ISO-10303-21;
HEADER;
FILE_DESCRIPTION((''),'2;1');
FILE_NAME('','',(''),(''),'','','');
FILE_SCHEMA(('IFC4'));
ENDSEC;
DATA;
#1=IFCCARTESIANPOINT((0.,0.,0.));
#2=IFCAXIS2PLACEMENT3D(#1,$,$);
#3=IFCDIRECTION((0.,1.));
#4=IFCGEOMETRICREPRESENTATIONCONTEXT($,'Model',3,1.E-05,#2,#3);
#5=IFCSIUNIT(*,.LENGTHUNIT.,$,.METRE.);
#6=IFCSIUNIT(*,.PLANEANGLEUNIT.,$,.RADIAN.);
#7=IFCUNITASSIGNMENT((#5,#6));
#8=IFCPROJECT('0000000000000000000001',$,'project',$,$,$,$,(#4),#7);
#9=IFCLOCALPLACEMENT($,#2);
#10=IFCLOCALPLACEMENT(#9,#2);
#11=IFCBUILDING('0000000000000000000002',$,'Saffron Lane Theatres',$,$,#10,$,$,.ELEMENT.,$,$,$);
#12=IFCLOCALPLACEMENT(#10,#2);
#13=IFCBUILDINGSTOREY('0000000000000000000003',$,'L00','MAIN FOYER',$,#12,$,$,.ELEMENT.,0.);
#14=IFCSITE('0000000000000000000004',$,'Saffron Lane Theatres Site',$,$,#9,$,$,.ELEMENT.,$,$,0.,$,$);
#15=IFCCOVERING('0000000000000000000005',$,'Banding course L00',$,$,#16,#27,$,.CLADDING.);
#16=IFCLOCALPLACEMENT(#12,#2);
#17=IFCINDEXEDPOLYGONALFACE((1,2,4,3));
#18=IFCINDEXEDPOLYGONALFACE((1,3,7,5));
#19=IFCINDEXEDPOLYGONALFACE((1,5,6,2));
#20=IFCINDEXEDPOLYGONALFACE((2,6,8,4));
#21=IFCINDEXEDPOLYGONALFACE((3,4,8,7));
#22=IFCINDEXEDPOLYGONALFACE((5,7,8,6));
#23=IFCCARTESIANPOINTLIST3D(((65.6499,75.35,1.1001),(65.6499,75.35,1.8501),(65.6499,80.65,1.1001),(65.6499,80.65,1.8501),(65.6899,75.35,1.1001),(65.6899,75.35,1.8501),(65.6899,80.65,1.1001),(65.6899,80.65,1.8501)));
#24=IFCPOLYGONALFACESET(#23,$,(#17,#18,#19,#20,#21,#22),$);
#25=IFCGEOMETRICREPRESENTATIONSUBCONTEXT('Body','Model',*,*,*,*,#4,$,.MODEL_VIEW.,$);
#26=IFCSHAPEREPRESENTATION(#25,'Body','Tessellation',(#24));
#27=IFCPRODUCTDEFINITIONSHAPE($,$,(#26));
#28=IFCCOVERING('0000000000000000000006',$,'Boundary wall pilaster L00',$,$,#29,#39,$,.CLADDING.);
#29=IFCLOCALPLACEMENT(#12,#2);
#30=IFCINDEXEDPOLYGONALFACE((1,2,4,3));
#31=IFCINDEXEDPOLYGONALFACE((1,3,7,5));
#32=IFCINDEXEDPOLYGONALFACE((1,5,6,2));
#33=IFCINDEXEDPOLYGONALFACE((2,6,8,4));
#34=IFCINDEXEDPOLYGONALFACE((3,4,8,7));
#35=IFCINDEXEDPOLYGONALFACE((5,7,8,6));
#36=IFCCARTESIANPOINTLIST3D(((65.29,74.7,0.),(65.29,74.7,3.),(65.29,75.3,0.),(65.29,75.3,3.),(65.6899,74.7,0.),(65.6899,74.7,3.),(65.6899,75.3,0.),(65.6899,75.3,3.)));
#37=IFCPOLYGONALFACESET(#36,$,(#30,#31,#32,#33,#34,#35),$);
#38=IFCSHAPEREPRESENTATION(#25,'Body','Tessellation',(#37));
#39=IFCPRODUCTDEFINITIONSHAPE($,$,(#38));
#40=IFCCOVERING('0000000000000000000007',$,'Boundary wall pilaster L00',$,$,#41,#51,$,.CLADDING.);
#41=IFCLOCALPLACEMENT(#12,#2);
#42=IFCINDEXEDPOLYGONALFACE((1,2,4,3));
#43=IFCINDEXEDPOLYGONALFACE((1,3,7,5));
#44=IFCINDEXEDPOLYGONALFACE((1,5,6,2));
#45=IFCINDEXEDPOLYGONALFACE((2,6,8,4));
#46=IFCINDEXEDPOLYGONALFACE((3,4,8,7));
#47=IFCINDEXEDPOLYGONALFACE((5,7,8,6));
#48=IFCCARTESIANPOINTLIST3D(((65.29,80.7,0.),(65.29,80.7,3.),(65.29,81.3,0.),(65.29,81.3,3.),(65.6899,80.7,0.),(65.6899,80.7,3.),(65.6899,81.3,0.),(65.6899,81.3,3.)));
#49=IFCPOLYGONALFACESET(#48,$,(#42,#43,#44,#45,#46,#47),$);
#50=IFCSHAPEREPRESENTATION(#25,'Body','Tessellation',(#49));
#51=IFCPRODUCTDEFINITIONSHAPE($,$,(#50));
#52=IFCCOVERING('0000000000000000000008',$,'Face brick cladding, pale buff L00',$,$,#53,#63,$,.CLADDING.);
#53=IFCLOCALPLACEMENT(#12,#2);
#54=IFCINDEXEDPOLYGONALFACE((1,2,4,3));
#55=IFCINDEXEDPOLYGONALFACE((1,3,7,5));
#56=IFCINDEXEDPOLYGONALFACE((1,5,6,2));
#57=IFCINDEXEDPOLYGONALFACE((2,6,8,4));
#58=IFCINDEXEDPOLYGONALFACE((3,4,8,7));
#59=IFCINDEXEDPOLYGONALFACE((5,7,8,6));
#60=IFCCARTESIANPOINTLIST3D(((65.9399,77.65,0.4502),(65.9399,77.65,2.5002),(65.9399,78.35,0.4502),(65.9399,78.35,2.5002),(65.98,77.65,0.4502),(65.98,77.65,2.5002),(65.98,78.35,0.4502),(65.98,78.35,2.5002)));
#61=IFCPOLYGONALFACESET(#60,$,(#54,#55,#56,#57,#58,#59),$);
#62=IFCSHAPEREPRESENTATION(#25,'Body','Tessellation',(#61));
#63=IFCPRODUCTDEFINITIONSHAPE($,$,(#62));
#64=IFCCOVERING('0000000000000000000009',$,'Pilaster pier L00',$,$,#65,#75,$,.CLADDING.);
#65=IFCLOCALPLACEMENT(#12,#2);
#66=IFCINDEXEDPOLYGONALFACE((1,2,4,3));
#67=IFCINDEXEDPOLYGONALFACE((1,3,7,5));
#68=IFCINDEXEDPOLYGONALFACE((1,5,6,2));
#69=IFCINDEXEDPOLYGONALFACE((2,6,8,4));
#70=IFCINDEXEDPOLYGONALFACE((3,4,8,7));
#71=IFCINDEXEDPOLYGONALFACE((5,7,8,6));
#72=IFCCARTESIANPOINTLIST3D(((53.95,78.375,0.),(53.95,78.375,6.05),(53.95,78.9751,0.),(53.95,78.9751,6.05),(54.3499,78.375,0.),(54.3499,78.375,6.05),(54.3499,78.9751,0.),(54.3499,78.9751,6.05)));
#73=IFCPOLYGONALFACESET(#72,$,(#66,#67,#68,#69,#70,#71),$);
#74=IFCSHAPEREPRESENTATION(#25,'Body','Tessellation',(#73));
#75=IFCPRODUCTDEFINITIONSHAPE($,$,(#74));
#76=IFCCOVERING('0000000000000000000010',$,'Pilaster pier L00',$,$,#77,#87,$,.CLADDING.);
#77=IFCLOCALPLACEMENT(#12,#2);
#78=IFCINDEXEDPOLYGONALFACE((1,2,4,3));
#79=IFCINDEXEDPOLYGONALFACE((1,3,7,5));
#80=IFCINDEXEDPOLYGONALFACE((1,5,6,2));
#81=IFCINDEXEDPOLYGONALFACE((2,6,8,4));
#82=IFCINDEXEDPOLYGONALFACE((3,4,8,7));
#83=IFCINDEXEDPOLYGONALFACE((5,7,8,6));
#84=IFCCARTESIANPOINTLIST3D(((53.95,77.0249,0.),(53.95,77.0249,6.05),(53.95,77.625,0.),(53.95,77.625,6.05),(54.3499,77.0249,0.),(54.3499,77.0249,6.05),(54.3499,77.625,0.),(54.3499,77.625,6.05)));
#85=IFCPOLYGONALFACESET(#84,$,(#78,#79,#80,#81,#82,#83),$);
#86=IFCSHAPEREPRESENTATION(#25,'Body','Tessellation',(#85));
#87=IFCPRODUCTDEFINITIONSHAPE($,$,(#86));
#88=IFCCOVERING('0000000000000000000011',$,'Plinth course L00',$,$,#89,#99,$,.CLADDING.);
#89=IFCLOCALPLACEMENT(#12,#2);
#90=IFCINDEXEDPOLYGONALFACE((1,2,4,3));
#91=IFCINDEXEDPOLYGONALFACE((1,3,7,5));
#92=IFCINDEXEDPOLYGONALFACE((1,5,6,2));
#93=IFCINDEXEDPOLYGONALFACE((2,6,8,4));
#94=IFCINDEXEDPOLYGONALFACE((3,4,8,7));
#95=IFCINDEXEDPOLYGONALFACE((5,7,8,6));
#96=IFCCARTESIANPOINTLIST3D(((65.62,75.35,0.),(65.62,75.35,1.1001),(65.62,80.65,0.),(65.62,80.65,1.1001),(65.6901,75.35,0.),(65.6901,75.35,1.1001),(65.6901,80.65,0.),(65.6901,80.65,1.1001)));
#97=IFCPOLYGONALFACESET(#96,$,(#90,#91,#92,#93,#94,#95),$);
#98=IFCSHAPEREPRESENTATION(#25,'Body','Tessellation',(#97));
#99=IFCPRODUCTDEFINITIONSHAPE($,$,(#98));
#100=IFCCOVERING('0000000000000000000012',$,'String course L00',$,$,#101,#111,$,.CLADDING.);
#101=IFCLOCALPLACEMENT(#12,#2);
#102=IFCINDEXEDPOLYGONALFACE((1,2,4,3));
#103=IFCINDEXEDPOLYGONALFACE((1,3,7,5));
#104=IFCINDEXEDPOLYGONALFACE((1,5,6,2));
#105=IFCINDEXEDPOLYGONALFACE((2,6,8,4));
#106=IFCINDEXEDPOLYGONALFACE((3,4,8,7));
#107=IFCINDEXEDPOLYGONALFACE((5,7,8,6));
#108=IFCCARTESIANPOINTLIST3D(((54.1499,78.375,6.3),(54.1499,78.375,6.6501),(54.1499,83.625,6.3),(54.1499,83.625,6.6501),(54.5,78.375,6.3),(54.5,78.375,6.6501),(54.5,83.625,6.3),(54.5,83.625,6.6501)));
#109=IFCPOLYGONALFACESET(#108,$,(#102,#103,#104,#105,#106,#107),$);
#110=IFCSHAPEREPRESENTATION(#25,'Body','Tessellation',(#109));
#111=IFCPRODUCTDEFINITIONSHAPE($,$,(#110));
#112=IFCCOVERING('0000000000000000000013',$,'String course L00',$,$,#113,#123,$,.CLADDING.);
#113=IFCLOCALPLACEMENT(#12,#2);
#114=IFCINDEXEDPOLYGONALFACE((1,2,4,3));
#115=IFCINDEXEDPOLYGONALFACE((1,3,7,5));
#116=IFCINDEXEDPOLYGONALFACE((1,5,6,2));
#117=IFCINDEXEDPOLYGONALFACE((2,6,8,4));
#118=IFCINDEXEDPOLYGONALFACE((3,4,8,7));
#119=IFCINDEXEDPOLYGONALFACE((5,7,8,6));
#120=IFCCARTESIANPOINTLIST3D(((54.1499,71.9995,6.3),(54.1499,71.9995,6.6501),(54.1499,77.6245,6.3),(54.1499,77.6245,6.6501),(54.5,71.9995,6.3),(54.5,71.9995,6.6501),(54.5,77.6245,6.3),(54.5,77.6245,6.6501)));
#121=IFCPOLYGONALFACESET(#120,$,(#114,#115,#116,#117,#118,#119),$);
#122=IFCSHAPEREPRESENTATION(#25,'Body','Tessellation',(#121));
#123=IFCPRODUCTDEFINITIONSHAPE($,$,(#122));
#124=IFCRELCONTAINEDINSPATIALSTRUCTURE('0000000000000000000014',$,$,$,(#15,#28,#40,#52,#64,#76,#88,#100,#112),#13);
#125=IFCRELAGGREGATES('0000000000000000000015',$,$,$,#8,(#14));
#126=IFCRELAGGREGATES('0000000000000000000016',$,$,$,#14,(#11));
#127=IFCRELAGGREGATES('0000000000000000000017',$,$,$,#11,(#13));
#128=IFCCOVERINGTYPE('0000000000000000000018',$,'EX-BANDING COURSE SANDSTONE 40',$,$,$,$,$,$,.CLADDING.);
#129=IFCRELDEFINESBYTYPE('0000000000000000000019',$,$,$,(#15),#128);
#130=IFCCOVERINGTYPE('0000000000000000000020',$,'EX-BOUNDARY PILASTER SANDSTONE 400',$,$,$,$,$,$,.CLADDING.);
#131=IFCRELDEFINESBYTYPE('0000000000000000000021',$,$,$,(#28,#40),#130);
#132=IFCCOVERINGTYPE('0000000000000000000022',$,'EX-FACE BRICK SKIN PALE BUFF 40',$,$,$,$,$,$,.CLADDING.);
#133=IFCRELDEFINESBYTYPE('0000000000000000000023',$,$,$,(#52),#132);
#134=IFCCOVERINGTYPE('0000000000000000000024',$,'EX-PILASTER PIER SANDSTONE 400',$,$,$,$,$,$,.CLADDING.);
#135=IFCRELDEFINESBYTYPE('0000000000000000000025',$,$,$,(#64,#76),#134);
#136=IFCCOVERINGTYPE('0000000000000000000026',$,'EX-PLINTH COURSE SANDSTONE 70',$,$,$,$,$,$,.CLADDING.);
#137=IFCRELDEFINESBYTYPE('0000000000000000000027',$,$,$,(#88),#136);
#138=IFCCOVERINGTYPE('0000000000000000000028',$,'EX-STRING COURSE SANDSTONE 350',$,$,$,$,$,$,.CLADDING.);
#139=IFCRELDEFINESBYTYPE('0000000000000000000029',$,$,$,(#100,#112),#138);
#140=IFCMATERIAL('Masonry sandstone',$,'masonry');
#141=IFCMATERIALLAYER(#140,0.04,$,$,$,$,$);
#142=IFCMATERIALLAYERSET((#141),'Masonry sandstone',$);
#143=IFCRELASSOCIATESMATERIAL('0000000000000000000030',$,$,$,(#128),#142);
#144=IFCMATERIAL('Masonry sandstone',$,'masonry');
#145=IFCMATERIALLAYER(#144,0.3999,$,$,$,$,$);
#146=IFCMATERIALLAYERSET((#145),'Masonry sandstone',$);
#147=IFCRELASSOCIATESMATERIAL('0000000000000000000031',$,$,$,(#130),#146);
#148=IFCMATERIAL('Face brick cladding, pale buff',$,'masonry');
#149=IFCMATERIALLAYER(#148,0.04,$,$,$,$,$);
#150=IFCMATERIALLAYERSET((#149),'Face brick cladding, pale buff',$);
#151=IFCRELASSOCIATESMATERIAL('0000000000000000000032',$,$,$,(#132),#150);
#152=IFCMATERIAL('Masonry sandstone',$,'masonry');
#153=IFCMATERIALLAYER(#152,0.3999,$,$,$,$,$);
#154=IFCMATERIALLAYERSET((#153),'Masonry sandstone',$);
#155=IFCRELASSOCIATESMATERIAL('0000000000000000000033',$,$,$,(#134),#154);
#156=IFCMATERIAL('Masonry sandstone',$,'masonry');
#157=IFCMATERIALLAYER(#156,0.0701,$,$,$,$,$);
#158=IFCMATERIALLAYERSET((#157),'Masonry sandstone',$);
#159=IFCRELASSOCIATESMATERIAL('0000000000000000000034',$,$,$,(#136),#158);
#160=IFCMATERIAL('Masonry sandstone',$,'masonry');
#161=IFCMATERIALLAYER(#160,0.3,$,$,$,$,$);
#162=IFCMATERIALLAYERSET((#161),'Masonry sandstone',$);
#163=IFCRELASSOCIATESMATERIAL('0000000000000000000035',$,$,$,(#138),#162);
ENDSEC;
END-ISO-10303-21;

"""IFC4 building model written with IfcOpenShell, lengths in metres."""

from ifc_helpers import new_model, si_unit, direction, frame, origin, origin_2d, place, context, subcontext, project, spatial, rectangle, extrude, material, layer, layer_set, type_object, element, save


model = new_model("IFC4")

# Units and contexts
model_context = context("Model", 3, precision=1e-05, world=origin(), true_north=direction((0.0, 1.0)))
body_context = subcontext(model_context, "Body", "Model", "MODEL_VIEW")
ifc_project = project(units=[si_unit("LENGTHUNIT", "METRE"), si_unit("PLANEANGLEUNIT", "RADIAN")], contexts=[model_context])

# Site, building, storey
site_placement = place(None, origin())
site = spatial("IfcSite", under=ifc_project, at=site_placement, Name="Saffron Lane Theatres Site", CompositionType="ELEMENT", RefElevation=0.0)
building_placement = place(site_placement, origin())
building = spatial("IfcBuilding", under=site, at=building_placement, Name="Saffron Lane Theatres", CompositionType="ELEMENT")
storey_placement = place(building_placement, origin())
storey = spatial("IfcBuildingStorey", under=building, at=storey_placement, Name="L00", Description="MAIN FOYER", CompositionType="ELEMENT", Elevation=0.0)

# Coverings
ifc_material_1 = material(Name="Masonry sandstone", Category="masonry")
ifc_layer_1 = layer(ifc_material_1, 0.04)
ifc_layer_set_1 = layer_set([ifc_layer_1], Name="Masonry sandstone")
covering_type_1 = type_object("IfcCoveringType", Name="EX-BANDING COURSE SANDSTONE 40", PredefinedType="CLADDING", material=ifc_layer_set_1)
covering_1_placement = place(storey_placement, frame((65.6699, 78.0, 1.1001), z_axis=(0.0, 0.0, 1.0), x_axis=(0.0, 1.0, 0.0)))
element("IfcCovering", 1, at=covering_1_placement, inside=storey, type_object=covering_type_1, Name="Banding course L00", PredefinedType="CLADDING", context=body_context, shape_type="SweptSolid", body=[
    extrude(rectangle(XDim=5.3, YDim=0.04, at=origin_2d()), origin(), (0.0, 0.0, 1.0), 0.75),
])
ifc_material_2 = material(Name="Masonry sandstone", Category="masonry")
ifc_layer_2 = layer(ifc_material_2, 0.3999)
ifc_layer_set_2 = layer_set([ifc_layer_2], Name="Masonry sandstone")
covering_type_2 = type_object("IfcCoveringType", Name="EX-BOUNDARY PILASTER SANDSTONE 400", PredefinedType="CLADDING", material=ifc_layer_set_2)
for number, where, z_axis, x_axis, name in (
    (2, (65.49, 75.0, 0.0), (0.0, 0.0, 1.0), (0.0, 1.0, 0.0), "Boundary wall pilaster L00"),
    (3, (65.49, 81.0, 0.0), (0.0, 0.0, 1.0), (0.0, 1.0, 0.0), "Boundary wall pilaster L00"),
):
    element("IfcCovering", number, at=place(storey_placement, frame(where, z_axis=z_axis, x_axis=x_axis)), inside=storey, type_object=covering_type_2, Name=name, PredefinedType="CLADDING", context=body_context, shape_type="SweptSolid", body=[
        extrude(rectangle(XDim=0.6001, YDim=0.3999, at=origin_2d()), origin(), (0.0, 0.0, 1.0), 3.0),
    ])
ifc_material_3 = material(Name="Face brick cladding, pale buff", Category="masonry")
ifc_layer_3 = layer(ifc_material_3, 0.04)
ifc_layer_set_3 = layer_set([ifc_layer_3], Name="Face brick cladding, pale buff")
covering_type_3 = type_object("IfcCoveringType", Name="EX-FACE BRICK SKIN PALE BUFF 40", PredefinedType="CLADDING", material=ifc_layer_set_3)
covering_2_placement = place(storey_placement, frame((65.96, 78.0, 0.4502), z_axis=(0.0, 0.0, 1.0), x_axis=(0.0, 1.0, 0.0)))
element("IfcCovering", 4, at=covering_2_placement, inside=storey, type_object=covering_type_3, Name="Face brick cladding, pale buff L00", PredefinedType="CLADDING", context=body_context, shape_type="SweptSolid", body=[
    extrude(rectangle(XDim=0.7, YDim=0.04, at=origin_2d()), origin(), (0.0, 0.0, 1.0), 2.05),
])
ifc_material_4 = material(Name="Masonry sandstone", Category="masonry")
ifc_layer_4 = layer(ifc_material_4, 0.3999)
ifc_layer_set_4 = layer_set([ifc_layer_4], Name="Masonry sandstone")
covering_type_4 = type_object("IfcCoveringType", Name="EX-PILASTER PIER SANDSTONE 400", PredefinedType="CLADDING", material=ifc_layer_set_4)
for number, where, z_axis, x_axis, name in (
    (5, (54.1499, 78.675, 0.0), (0.0, 0.0, 1.0), (0.0, -1.0, 0.0), "Pilaster pier L00"),
    (6, (54.1499, 77.325, 0.0), (0.0, 0.0, 1.0), (0.0, -1.0, 0.0), "Pilaster pier L00"),
):
    element("IfcCovering", number, at=place(storey_placement, frame(where, z_axis=z_axis, x_axis=x_axis)), inside=storey, type_object=covering_type_4, Name=name, PredefinedType="CLADDING", context=body_context, shape_type="SweptSolid", body=[
        extrude(rectangle(XDim=0.6001, YDim=0.3999, at=origin_2d()), origin(), (0.0, 0.0, 1.0), 6.05),
    ])
ifc_material_5 = material(Name="Masonry sandstone", Category="masonry")
ifc_layer_5 = layer(ifc_material_5, 0.0701)
ifc_layer_set_5 = layer_set([ifc_layer_5], Name="Masonry sandstone")
covering_type_5 = type_object("IfcCoveringType", Name="EX-PLINTH COURSE SANDSTONE 70", PredefinedType="CLADDING", material=ifc_layer_set_5)
covering_3_placement = place(storey_placement, frame((65.655, 78.0, 0.0), z_axis=(0.0, 0.0, 1.0), x_axis=(0.0, 1.0, 0.0)))
element("IfcCovering", 7, at=covering_3_placement, inside=storey, type_object=covering_type_5, Name="Plinth course L00", PredefinedType="CLADDING", context=body_context, shape_type="SweptSolid", body=[
    extrude(rectangle(XDim=5.3, YDim=0.0701, at=origin_2d()), origin(), (0.0, 0.0, 1.0), 1.1001),
])
ifc_material_6 = material(Name="Masonry sandstone", Category="masonry")
ifc_layer_6 = layer(ifc_material_6, 0.3)
ifc_layer_set_6 = layer_set([ifc_layer_6], Name="Masonry sandstone")
covering_type_6 = type_object("IfcCoveringType", Name="EX-STRING COURSE SANDSTONE 350", PredefinedType="CLADDING", material=ifc_layer_set_6)
covering_4_placement = place(storey_placement, frame((54.325, 81.0, 6.3), z_axis=(0.0, 0.0, 1.0), x_axis=(0.0, -1.0, 0.0)))
element("IfcCovering", 8, at=covering_4_placement, inside=storey, type_object=covering_type_6, Name="String course L00", PredefinedType="CLADDING", context=body_context, shape_type="SweptSolid", body=[
    extrude(rectangle(XDim=5.25, YDim=0.3501, at=origin_2d()), origin(), (0.0, 0.0, 1.0), 0.3501),
])
covering_5_placement = place(storey_placement, frame((54.325, 74.812, 6.3), z_axis=(0.0, 0.0, 1.0), x_axis=(0.0, -1.0, 0.0)))
element("IfcCovering", 9, at=covering_5_placement, inside=storey, type_object=covering_type_6, Name="String course L00", PredefinedType="CLADDING", context=body_context, shape_type="SweptSolid", body=[
    extrude(rectangle(XDim=5.625, YDim=0.3501, at=origin_2d()), origin(), (0.0, 0.0, 1.0), 0.3501),
])

save(model, "model.ifc")
